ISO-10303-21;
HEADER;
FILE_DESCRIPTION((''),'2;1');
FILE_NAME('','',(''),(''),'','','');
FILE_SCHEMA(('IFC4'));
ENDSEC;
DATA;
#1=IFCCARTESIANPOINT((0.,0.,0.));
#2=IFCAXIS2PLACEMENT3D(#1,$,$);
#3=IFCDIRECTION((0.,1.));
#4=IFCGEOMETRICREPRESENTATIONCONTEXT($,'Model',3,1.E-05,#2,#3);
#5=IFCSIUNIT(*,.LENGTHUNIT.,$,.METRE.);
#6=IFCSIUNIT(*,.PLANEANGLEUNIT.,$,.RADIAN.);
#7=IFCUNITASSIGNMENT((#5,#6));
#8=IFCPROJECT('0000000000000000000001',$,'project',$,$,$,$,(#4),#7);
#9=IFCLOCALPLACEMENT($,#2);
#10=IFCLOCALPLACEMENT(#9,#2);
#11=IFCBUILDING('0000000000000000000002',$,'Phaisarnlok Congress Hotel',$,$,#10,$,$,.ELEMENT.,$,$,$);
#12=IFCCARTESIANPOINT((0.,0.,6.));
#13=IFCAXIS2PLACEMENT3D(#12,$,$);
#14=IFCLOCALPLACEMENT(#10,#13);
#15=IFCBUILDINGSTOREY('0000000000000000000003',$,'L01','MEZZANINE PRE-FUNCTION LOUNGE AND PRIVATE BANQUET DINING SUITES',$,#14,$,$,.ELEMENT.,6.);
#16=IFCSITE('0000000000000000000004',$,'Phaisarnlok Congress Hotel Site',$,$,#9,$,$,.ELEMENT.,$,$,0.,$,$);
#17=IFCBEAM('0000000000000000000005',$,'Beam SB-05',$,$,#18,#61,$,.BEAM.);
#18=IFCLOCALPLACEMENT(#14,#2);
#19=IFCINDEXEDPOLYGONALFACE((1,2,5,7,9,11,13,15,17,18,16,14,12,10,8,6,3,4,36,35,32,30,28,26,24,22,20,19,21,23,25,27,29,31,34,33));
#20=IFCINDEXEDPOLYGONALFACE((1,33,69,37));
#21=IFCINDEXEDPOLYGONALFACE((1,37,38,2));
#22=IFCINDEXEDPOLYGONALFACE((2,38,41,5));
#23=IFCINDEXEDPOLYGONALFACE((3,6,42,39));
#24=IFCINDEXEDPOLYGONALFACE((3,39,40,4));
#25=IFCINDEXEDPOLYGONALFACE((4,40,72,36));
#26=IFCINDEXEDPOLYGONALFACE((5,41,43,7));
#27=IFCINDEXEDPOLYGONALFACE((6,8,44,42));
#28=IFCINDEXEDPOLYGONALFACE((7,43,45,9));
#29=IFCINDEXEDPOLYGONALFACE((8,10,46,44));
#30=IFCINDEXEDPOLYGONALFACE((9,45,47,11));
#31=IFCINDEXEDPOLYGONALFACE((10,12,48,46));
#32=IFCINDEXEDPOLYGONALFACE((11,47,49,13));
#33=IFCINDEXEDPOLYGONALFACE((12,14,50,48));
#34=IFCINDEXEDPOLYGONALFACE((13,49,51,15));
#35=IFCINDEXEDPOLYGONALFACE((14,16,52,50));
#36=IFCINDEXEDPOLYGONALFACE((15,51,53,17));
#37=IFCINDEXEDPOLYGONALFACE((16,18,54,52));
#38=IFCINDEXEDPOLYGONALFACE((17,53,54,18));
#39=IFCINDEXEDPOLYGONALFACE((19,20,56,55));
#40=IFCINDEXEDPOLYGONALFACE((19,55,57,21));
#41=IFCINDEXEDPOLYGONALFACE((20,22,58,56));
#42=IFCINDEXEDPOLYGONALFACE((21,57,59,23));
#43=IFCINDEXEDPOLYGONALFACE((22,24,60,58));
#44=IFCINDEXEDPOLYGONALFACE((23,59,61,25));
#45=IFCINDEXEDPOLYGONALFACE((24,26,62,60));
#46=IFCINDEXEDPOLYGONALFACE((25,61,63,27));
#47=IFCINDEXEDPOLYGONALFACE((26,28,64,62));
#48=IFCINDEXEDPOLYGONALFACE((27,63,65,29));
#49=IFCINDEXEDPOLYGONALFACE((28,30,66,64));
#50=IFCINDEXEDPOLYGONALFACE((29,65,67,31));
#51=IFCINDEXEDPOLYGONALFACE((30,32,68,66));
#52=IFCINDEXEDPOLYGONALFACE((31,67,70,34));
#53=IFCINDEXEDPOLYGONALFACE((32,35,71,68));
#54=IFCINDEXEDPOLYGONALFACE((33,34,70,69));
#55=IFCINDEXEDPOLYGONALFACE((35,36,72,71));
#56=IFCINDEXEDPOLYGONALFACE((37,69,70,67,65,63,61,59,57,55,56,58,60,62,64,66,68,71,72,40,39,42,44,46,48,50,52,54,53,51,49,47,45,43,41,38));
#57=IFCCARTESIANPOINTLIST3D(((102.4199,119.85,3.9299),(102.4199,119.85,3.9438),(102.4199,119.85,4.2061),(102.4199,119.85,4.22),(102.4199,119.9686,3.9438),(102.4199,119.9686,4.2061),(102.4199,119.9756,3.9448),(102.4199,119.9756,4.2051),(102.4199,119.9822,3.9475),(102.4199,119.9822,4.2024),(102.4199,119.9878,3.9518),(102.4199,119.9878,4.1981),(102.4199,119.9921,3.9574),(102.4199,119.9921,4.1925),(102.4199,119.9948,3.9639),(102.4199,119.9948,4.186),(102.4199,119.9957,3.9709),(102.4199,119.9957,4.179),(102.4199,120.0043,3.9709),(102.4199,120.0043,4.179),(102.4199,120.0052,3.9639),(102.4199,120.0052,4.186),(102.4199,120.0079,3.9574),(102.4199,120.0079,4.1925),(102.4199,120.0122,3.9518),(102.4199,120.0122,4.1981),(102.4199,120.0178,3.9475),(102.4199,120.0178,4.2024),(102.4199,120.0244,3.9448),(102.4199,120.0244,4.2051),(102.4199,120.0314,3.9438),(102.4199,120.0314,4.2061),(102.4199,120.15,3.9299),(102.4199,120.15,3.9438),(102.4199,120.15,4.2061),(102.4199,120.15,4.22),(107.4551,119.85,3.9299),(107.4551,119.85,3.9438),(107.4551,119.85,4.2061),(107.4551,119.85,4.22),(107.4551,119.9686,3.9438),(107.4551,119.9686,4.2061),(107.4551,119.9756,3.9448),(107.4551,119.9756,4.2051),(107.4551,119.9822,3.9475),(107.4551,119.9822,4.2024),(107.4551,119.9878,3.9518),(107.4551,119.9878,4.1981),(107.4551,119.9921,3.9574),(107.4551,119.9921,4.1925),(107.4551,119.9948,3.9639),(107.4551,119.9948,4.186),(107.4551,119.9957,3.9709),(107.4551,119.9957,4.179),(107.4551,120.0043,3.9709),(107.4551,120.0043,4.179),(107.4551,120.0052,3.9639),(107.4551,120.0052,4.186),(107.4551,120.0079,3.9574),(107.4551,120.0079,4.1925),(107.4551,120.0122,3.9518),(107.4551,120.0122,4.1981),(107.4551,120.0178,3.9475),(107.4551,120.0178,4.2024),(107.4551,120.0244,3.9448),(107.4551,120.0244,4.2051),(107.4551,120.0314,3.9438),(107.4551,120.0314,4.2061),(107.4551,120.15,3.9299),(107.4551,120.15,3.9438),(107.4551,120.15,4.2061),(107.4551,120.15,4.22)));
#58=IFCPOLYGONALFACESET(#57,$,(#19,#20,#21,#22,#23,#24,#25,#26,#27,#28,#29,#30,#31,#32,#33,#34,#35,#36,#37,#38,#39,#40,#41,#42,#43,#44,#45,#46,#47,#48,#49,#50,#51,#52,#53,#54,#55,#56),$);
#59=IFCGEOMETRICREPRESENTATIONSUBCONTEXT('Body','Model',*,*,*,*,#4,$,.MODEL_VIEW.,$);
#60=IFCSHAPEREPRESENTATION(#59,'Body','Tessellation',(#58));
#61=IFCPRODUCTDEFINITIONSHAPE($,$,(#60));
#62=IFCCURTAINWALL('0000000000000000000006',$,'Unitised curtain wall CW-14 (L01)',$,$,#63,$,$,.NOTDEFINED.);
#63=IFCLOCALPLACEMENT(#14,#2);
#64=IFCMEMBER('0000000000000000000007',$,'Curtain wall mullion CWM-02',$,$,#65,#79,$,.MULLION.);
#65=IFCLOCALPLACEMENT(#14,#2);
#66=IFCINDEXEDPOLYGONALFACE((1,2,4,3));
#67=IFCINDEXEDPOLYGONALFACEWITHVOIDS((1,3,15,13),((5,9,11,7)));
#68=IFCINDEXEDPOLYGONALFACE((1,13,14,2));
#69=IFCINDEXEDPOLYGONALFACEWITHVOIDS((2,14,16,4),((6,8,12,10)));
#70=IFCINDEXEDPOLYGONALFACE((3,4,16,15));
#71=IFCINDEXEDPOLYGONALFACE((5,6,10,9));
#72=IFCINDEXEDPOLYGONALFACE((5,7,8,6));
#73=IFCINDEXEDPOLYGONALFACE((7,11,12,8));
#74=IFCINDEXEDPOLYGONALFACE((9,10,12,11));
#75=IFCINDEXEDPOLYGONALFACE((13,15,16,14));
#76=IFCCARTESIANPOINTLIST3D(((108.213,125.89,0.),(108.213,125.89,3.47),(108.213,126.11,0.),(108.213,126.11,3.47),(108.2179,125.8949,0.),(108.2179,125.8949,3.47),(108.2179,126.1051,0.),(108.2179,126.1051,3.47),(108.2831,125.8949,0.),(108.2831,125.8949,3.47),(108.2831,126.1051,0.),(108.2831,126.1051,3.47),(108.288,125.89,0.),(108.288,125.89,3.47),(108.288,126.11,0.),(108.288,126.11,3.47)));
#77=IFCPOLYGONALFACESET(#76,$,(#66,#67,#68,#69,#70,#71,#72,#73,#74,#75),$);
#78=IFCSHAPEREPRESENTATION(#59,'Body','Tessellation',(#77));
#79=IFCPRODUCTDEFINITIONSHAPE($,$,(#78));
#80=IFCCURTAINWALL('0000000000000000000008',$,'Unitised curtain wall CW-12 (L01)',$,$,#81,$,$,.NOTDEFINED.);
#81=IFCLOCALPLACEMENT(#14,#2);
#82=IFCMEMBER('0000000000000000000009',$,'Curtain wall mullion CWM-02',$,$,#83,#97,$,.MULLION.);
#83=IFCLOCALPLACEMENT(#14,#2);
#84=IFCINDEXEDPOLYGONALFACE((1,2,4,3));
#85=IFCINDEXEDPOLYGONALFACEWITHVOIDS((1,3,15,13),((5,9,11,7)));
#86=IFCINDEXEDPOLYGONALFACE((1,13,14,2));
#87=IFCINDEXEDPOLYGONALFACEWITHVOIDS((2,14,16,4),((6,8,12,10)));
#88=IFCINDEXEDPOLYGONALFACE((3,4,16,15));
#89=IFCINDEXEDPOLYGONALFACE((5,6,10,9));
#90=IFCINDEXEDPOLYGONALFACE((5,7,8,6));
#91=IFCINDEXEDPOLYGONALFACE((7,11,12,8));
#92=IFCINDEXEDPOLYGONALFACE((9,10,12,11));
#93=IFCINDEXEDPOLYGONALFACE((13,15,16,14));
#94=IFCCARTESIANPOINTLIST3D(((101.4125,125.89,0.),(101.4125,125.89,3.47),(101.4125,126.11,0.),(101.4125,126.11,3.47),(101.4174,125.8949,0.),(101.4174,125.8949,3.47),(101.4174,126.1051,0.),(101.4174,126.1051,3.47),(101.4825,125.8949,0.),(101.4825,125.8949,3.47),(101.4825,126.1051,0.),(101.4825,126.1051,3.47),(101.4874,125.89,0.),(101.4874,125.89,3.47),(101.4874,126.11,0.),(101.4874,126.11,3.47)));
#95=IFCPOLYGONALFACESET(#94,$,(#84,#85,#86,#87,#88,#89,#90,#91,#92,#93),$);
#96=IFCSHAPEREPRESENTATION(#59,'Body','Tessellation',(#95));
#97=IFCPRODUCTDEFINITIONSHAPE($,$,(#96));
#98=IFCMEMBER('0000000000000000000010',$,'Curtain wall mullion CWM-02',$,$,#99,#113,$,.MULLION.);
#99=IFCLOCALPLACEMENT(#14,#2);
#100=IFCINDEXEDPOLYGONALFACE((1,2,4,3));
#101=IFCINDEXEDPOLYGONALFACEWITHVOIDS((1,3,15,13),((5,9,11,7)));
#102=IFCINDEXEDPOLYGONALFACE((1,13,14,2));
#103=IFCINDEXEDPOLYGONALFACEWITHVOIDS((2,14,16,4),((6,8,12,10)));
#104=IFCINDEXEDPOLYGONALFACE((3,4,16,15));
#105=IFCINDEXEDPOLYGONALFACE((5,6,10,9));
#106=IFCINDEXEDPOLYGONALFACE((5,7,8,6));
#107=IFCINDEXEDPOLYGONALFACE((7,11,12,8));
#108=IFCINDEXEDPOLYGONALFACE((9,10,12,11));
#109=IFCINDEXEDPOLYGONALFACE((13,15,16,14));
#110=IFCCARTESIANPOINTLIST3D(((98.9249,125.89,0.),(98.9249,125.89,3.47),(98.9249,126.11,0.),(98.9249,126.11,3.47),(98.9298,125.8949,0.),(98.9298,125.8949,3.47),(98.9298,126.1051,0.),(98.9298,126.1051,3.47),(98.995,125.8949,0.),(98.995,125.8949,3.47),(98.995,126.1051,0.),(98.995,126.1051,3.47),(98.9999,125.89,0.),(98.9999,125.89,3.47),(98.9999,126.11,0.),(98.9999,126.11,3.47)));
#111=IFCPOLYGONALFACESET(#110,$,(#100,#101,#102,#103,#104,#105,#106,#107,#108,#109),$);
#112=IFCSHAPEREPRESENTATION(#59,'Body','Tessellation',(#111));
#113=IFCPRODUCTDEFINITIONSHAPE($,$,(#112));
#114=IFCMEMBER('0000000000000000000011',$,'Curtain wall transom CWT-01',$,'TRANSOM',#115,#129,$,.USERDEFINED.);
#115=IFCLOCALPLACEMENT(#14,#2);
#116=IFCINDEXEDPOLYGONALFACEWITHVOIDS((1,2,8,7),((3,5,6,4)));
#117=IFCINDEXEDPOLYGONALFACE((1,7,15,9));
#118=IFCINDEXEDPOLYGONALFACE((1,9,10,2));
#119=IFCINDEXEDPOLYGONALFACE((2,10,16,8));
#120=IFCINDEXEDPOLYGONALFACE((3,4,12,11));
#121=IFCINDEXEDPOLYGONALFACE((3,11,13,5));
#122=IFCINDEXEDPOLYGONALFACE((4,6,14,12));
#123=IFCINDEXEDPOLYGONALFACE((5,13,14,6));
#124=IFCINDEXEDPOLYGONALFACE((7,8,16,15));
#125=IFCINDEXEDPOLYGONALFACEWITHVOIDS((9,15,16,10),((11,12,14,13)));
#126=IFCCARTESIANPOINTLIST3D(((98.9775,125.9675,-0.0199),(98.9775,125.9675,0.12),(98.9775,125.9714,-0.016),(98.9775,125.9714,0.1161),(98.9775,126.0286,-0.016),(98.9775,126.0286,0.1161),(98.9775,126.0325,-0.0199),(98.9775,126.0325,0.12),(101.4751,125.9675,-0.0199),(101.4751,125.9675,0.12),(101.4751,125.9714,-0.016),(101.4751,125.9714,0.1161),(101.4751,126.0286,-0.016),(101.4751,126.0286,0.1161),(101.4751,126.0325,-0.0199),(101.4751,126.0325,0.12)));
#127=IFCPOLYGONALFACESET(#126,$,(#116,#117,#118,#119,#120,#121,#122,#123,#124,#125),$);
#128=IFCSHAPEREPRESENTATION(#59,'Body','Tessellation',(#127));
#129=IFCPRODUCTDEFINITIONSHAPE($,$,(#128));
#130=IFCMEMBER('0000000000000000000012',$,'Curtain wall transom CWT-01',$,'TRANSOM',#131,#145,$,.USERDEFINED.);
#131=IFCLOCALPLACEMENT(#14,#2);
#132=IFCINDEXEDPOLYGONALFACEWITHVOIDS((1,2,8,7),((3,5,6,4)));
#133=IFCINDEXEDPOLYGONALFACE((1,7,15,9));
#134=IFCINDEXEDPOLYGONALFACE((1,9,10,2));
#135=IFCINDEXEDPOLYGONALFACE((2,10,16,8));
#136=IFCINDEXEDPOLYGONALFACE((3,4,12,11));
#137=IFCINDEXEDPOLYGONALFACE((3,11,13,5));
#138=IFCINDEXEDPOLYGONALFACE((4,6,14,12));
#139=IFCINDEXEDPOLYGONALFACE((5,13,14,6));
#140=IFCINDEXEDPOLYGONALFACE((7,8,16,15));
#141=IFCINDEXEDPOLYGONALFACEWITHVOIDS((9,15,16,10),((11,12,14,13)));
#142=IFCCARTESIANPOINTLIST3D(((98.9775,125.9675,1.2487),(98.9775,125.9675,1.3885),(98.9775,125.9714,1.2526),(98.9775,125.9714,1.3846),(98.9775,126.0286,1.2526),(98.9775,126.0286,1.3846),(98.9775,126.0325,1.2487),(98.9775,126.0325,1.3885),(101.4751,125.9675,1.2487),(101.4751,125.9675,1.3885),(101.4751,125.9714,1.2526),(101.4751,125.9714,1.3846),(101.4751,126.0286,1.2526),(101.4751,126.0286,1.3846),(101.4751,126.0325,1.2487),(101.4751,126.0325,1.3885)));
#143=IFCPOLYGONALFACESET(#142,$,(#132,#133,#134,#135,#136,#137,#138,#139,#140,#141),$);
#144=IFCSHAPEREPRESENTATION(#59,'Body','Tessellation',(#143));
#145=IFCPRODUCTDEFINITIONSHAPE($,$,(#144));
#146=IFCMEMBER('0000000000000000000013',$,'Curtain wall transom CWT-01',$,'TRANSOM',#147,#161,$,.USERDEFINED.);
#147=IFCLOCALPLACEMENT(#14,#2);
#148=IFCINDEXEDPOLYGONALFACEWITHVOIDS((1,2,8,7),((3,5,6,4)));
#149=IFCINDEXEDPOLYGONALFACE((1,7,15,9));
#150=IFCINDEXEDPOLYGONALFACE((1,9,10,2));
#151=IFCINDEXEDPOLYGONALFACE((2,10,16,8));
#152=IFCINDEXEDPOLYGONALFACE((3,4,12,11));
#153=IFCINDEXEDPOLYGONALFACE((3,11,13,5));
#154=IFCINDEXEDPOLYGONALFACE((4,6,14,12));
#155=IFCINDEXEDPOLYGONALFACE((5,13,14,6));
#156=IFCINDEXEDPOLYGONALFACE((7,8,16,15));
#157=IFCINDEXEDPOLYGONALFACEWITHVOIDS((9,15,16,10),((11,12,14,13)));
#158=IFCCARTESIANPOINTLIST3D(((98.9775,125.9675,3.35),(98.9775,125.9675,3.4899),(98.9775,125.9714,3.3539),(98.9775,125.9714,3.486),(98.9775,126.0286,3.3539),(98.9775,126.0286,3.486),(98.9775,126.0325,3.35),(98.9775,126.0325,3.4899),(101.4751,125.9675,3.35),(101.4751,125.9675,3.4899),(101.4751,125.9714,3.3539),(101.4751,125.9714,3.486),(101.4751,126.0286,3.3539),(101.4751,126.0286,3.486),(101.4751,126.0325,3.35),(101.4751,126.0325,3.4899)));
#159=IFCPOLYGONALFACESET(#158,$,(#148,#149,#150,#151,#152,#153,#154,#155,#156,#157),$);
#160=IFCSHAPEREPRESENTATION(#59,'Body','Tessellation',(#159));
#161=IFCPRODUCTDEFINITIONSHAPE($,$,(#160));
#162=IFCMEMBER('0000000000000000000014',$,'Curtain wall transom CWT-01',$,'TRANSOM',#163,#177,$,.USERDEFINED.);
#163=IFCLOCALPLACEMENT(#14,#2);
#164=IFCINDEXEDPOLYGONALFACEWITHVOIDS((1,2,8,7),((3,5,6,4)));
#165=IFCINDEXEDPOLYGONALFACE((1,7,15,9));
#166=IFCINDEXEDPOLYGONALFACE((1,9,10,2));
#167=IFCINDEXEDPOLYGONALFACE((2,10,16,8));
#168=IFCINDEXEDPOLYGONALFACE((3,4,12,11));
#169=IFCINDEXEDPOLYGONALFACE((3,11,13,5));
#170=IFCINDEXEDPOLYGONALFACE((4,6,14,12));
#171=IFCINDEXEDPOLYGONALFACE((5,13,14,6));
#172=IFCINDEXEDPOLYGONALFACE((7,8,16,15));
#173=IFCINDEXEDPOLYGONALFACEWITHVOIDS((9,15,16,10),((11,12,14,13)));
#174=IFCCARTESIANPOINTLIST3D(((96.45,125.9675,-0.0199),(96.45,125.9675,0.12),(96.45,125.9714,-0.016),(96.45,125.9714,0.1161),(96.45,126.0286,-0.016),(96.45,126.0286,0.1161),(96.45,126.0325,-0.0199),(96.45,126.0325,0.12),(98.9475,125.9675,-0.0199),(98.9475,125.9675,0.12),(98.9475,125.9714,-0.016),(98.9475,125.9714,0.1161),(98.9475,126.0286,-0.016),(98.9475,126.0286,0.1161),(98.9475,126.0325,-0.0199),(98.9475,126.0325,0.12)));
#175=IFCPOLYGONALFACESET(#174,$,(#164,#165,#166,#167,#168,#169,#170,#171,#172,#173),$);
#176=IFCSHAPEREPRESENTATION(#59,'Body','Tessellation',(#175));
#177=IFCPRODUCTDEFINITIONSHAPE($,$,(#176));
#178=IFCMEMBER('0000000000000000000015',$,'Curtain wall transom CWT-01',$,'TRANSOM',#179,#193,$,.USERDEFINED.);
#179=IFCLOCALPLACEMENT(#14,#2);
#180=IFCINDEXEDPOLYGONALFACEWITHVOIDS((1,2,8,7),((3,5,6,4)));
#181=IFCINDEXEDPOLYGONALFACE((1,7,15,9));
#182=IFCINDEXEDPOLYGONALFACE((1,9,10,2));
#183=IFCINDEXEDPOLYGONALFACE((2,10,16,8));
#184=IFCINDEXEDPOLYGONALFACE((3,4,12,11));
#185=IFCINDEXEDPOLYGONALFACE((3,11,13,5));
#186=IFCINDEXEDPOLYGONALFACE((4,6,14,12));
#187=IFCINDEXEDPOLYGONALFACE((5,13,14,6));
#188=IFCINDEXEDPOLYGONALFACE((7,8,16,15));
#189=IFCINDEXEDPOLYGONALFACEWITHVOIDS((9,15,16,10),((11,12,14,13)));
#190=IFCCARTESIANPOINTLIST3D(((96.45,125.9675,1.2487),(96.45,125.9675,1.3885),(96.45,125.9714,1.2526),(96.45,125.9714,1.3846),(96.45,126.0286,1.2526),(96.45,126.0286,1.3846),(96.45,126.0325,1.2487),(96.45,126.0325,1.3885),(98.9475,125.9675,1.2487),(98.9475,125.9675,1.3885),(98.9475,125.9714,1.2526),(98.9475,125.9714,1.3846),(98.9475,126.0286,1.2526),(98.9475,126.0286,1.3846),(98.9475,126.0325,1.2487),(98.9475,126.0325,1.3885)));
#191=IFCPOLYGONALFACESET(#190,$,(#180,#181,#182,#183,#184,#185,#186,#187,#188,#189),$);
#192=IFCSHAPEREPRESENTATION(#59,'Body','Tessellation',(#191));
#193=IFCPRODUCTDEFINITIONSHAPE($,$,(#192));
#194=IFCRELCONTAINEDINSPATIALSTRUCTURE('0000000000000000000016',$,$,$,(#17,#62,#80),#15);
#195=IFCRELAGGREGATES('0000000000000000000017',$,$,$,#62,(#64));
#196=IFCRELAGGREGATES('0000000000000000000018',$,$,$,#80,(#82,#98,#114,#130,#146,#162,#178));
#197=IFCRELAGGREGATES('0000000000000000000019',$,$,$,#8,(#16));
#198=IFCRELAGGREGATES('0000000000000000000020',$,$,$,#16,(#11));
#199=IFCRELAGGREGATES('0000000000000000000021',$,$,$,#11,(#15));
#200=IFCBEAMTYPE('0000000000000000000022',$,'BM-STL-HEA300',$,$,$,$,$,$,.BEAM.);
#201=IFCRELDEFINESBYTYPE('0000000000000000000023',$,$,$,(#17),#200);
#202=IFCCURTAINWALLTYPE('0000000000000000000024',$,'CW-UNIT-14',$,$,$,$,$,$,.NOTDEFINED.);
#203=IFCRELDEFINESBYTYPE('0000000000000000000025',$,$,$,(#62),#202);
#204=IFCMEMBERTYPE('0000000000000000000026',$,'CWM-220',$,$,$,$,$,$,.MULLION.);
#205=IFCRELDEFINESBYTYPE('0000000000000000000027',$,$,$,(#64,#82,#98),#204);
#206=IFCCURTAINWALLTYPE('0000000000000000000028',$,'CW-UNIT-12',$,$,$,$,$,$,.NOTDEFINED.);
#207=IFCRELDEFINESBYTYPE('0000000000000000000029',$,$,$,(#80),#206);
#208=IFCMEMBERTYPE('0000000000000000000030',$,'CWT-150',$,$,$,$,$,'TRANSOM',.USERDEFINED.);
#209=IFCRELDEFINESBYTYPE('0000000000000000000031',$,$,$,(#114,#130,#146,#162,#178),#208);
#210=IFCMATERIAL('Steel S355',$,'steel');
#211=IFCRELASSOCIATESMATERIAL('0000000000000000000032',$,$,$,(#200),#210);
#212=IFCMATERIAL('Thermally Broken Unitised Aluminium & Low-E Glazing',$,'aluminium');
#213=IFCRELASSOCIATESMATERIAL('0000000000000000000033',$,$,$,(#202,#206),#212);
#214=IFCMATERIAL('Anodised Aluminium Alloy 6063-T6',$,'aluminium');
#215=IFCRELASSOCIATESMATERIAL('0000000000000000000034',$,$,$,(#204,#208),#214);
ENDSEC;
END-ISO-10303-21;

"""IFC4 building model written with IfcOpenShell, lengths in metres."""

from ifc_helpers import new_model, si_unit, direction, frame, origin, origin_2d, place, context, subcontext, project, spatial, hollow_rectangle, i_section, extrude, material, material_profile, profile_set, type_object, element, aggregate, save


model = new_model("IFC4")

# Units and contexts
model_context = context("Model", 3, precision=1e-05, world=origin(), true_north=direction((0.0, 1.0)))
body_context = subcontext(model_context, "Body", "Model", "MODEL_VIEW")
ifc_project = project(units=[si_unit("LENGTHUNIT", "METRE"), si_unit("PLANEANGLEUNIT", "RADIAN")], contexts=[model_context])

# Site, building, storey
site_placement = place(None, origin())
site = spatial("IfcSite", under=ifc_project, at=site_placement, Name="Phaisarnlok Congress Hotel Site", CompositionType="ELEMENT", RefElevation=0.0)
building_placement = place(site_placement, origin())
building = spatial("IfcBuilding", under=site, at=building_placement, Name="Phaisarnlok Congress Hotel", CompositionType="ELEMENT")
storey_placement = place(building_placement, frame((0.0, 0.0, 6.0)))
storey = spatial("IfcBuildingStorey", under=building, at=storey_placement, Name="L01", Description="MEZZANINE PRE-FUNCTION LOUNGE AND PRIVATE BANQUET DINING SUITES", CompositionType="ELEMENT", Elevation=6.0)

# Shared definitions
ifc_material_1 = material(Name="Steel S355", Category="steel")

# Beam
ifc_material_profile_1 = material_profile(ifc_material_1, i_section(OverallWidth=0.3, OverallDepth=0.29, WebThickness=0.0085, FlangeThickness=0.0139, FilletRadius=0.0271, at=origin_2d()), Name="HEA 300")
ifc_profile_set_1 = profile_set([ifc_material_profile_1], Name="Steel S355")
beam_type_1 = type_object("IfcBeamType", Name="BM-STL-HEA300", PredefinedType="BEAM", material=ifc_profile_set_1)
beam_1_placement = place(storey_placement, frame((102.4199, 120.0, 4.075), z_axis=(1.0, 0.0, 0.0), x_axis=(0.0, 1.0, 0.0)))
element("IfcBeam", 1, at=beam_1_placement, inside=storey, type_object=beam_type_1, Name="Beam SB-05", PredefinedType="BEAM", context=body_context, shape_type="SweptSolid", body=[
    extrude(i_section(OverallWidth=0.3, OverallDepth=0.29, WebThickness=0.0085, FlangeThickness=0.0139, FilletRadius=0.0271, at=origin_2d()), origin(), (0.0, 0.0, 1.0), 5.0352),
])

# Curtain wall, member
ifc_material_2 = material(Name="Thermally Broken Unitised Aluminium & Low-E Glazing", Category="aluminium")
curtain_wall_type_1 = type_object("IfcCurtainWallType", Name="CW-UNIT-14", PredefinedType="NOTDEFINED", material=ifc_material_2)
curtain_wall_1_placement = place(storey_placement, origin())
curtain_wall_1 = element("IfcCurtainWall", 2, at=curtain_wall_1_placement, inside=storey, type_object=curtain_wall_type_1, Name="Unitised curtain wall CW-14 (L01)", PredefinedType="NOTDEFINED")
ifc_material_3 = material(Name="Anodised Aluminium Alloy 6063-T6", Category="aluminium")
ifc_material_profile_2 = material_profile(ifc_material_3, hollow_rectangle(XDim=0.075, YDim=0.22, WallThickness=0.0049, at=origin_2d()), Name="ALU-M 75x220x5")
ifc_profile_set_2 = profile_set([ifc_material_profile_2], Name="Anodised Aluminium Alloy 6063-T6")
member_type_1 = type_object("IfcMemberType", Name="CWM-220", PredefinedType="MULLION", material=ifc_profile_set_2)
member_1_placement = place(storey_placement, frame((108.2505, 126.0, 0.0), z_axis=(0.0, 0.0, 1.0), x_axis=(-1.0, 0.0, 0.0)))
member_1 = element("IfcMember", 3, at=member_1_placement, type_object=member_type_1, Name="Curtain wall mullion CWM-02", PredefinedType="MULLION", context=body_context, shape_type="SweptSolid", body=[
    extrude(hollow_rectangle(XDim=0.075, YDim=0.22, WallThickness=0.0049, at=origin_2d()), origin(), (0.0, 0.0, 1.0), 3.47),
])
aggregate(curtain_wall_1, [member_1])

# Curtain wall, members
curtain_wall_type_2 = type_object("IfcCurtainWallType", Name="CW-UNIT-12", PredefinedType="NOTDEFINED", material=ifc_material_2)
curtain_wall_2_placement = place(storey_placement, origin())
curtain_wall_2 = element("IfcCurtainWall", 4, at=curtain_wall_2_placement, inside=storey, type_object=curtain_wall_type_2, Name="Unitised curtain wall CW-12 (L01)", PredefinedType="NOTDEFINED")
member_2_placement = place(storey_placement, frame((101.45, 126.0, 0.0), z_axis=(0.0, 0.0, 1.0), x_axis=(-1.0, 0.0, 0.0)))
member_2 = element("IfcMember", 5, at=member_2_placement, type_object=member_type_1, Name="Curtain wall mullion CWM-02", PredefinedType="MULLION", context=body_context, shape_type="SweptSolid", body=[
    extrude(hollow_rectangle(XDim=0.075, YDim=0.22, WallThickness=0.0049, at=origin_2d()), origin(), (0.0, 0.0, 1.0), 3.47),
])
member_3_placement = place(storey_placement, frame((98.9624, 126.0, 0.0), z_axis=(0.0, 0.0, 1.0), x_axis=(-1.0, 0.0, 0.0)))
member_3 = element("IfcMember", 6, at=member_3_placement, type_object=member_type_1, Name="Curtain wall mullion CWM-02", PredefinedType="MULLION", context=body_context, shape_type="SweptSolid", body=[
    extrude(hollow_rectangle(XDim=0.075, YDim=0.22, WallThickness=0.0049, at=origin_2d()), origin(), (0.0, 0.0, 1.0), 3.47),
])
ifc_material_profile_3 = material_profile(ifc_material_3, hollow_rectangle(XDim=0.0649, YDim=0.1399, WallThickness=0.0039, at=origin_2d()), Name="ALU-T 65x140x4")
ifc_profile_set_3 = profile_set([ifc_material_profile_3], Name="Anodised Aluminium Alloy 6063-T6")
member_type_2 = type_object("IfcMemberType", Name="CWT-150", ElementType="TRANSOM", PredefinedType="USERDEFINED", material=ifc_profile_set_3)
member_4_placement = place(storey_placement, frame((101.4751, 126.0, 0.05), z_axis=(-1.0, 0.0, 0.0), x_axis=(0.0, -1.0, 0.0)))
member_4 = element("IfcMember", 7, at=member_4_placement, type_object=member_type_2, Name="Curtain wall transom CWT-01", ObjectType="TRANSOM", PredefinedType="USERDEFINED", context=body_context, shape_type="SweptSolid", body=[
    extrude(hollow_rectangle(XDim=0.0649, YDim=0.1399, WallThickness=0.0039, at=origin_2d()), origin(), (0.0, 0.0, 1.0), 2.4976),
])
member_5_placement = place(storey_placement, frame((101.4751, 126.0, 1.3186), z_axis=(-1.0, 0.0, 0.0), x_axis=(0.0, -1.0, 0.0)))
member_5 = element("IfcMember", 8, at=member_5_placement, type_object=member_type_2, Name="Curtain wall transom CWT-01", ObjectType="TRANSOM", PredefinedType="USERDEFINED", context=body_context, shape_type="SweptSolid", body=[
    extrude(hollow_rectangle(XDim=0.0649, YDim=0.1399, WallThickness=0.0039, at=origin_2d()), origin(), (0.0, 0.0, 1.0), 2.4976),
])
member_6_placement = place(storey_placement, frame((101.4751, 126.0, 3.4199), z_axis=(-1.0, 0.0, 0.0), x_axis=(0.0, -1.0, 0.0)))
member_6 = element("IfcMember", 9, at=member_6_placement, type_object=member_type_2, Name="Curtain wall transom CWT-01", ObjectType="TRANSOM", PredefinedType="USERDEFINED", context=body_context, shape_type="SweptSolid", body=[
    extrude(hollow_rectangle(XDim=0.0649, YDim=0.1399, WallThickness=0.0039, at=origin_2d()), origin(), (0.0, 0.0, 1.0), 2.4976),
])
member_7_placement = place(storey_placement, frame((98.9475, 126.0, 0.05), z_axis=(-1.0, 0.0, 0.0), x_axis=(0.0, -1.0, 0.0)))
member_7 = element("IfcMember", 10, at=member_7_placement, type_object=member_type_2, Name="Curtain wall transom CWT-01", ObjectType="TRANSOM", PredefinedType="USERDEFINED", context=body_context, shape_type="SweptSolid", body=[
    extrude(hollow_rectangle(XDim=0.0649, YDim=0.1399, WallThickness=0.0039, at=origin_2d()), origin(), (0.0, 0.0, 1.0), 2.4976),
])
member_8_placement = place(storey_placement, frame((98.9475, 126.0, 1.3186), z_axis=(-1.0, 0.0, 0.0), x_axis=(0.0, -1.0, 0.0)))
member_8 = element("IfcMember", 11, at=member_8_placement, type_object=member_type_2, Name="Curtain wall transom CWT-01", ObjectType="TRANSOM", PredefinedType="USERDEFINED", context=body_context, shape_type="SweptSolid", body=[
    extrude(hollow_rectangle(XDim=0.0649, YDim=0.1399, WallThickness=0.0039, at=origin_2d()), origin(), (0.0, 0.0, 1.0), 2.4976),
])

aggregate(curtain_wall_2, [member_2, member_3, member_4, member_5, member_6, member_7, member_8])

save(model, "model.ifc")
